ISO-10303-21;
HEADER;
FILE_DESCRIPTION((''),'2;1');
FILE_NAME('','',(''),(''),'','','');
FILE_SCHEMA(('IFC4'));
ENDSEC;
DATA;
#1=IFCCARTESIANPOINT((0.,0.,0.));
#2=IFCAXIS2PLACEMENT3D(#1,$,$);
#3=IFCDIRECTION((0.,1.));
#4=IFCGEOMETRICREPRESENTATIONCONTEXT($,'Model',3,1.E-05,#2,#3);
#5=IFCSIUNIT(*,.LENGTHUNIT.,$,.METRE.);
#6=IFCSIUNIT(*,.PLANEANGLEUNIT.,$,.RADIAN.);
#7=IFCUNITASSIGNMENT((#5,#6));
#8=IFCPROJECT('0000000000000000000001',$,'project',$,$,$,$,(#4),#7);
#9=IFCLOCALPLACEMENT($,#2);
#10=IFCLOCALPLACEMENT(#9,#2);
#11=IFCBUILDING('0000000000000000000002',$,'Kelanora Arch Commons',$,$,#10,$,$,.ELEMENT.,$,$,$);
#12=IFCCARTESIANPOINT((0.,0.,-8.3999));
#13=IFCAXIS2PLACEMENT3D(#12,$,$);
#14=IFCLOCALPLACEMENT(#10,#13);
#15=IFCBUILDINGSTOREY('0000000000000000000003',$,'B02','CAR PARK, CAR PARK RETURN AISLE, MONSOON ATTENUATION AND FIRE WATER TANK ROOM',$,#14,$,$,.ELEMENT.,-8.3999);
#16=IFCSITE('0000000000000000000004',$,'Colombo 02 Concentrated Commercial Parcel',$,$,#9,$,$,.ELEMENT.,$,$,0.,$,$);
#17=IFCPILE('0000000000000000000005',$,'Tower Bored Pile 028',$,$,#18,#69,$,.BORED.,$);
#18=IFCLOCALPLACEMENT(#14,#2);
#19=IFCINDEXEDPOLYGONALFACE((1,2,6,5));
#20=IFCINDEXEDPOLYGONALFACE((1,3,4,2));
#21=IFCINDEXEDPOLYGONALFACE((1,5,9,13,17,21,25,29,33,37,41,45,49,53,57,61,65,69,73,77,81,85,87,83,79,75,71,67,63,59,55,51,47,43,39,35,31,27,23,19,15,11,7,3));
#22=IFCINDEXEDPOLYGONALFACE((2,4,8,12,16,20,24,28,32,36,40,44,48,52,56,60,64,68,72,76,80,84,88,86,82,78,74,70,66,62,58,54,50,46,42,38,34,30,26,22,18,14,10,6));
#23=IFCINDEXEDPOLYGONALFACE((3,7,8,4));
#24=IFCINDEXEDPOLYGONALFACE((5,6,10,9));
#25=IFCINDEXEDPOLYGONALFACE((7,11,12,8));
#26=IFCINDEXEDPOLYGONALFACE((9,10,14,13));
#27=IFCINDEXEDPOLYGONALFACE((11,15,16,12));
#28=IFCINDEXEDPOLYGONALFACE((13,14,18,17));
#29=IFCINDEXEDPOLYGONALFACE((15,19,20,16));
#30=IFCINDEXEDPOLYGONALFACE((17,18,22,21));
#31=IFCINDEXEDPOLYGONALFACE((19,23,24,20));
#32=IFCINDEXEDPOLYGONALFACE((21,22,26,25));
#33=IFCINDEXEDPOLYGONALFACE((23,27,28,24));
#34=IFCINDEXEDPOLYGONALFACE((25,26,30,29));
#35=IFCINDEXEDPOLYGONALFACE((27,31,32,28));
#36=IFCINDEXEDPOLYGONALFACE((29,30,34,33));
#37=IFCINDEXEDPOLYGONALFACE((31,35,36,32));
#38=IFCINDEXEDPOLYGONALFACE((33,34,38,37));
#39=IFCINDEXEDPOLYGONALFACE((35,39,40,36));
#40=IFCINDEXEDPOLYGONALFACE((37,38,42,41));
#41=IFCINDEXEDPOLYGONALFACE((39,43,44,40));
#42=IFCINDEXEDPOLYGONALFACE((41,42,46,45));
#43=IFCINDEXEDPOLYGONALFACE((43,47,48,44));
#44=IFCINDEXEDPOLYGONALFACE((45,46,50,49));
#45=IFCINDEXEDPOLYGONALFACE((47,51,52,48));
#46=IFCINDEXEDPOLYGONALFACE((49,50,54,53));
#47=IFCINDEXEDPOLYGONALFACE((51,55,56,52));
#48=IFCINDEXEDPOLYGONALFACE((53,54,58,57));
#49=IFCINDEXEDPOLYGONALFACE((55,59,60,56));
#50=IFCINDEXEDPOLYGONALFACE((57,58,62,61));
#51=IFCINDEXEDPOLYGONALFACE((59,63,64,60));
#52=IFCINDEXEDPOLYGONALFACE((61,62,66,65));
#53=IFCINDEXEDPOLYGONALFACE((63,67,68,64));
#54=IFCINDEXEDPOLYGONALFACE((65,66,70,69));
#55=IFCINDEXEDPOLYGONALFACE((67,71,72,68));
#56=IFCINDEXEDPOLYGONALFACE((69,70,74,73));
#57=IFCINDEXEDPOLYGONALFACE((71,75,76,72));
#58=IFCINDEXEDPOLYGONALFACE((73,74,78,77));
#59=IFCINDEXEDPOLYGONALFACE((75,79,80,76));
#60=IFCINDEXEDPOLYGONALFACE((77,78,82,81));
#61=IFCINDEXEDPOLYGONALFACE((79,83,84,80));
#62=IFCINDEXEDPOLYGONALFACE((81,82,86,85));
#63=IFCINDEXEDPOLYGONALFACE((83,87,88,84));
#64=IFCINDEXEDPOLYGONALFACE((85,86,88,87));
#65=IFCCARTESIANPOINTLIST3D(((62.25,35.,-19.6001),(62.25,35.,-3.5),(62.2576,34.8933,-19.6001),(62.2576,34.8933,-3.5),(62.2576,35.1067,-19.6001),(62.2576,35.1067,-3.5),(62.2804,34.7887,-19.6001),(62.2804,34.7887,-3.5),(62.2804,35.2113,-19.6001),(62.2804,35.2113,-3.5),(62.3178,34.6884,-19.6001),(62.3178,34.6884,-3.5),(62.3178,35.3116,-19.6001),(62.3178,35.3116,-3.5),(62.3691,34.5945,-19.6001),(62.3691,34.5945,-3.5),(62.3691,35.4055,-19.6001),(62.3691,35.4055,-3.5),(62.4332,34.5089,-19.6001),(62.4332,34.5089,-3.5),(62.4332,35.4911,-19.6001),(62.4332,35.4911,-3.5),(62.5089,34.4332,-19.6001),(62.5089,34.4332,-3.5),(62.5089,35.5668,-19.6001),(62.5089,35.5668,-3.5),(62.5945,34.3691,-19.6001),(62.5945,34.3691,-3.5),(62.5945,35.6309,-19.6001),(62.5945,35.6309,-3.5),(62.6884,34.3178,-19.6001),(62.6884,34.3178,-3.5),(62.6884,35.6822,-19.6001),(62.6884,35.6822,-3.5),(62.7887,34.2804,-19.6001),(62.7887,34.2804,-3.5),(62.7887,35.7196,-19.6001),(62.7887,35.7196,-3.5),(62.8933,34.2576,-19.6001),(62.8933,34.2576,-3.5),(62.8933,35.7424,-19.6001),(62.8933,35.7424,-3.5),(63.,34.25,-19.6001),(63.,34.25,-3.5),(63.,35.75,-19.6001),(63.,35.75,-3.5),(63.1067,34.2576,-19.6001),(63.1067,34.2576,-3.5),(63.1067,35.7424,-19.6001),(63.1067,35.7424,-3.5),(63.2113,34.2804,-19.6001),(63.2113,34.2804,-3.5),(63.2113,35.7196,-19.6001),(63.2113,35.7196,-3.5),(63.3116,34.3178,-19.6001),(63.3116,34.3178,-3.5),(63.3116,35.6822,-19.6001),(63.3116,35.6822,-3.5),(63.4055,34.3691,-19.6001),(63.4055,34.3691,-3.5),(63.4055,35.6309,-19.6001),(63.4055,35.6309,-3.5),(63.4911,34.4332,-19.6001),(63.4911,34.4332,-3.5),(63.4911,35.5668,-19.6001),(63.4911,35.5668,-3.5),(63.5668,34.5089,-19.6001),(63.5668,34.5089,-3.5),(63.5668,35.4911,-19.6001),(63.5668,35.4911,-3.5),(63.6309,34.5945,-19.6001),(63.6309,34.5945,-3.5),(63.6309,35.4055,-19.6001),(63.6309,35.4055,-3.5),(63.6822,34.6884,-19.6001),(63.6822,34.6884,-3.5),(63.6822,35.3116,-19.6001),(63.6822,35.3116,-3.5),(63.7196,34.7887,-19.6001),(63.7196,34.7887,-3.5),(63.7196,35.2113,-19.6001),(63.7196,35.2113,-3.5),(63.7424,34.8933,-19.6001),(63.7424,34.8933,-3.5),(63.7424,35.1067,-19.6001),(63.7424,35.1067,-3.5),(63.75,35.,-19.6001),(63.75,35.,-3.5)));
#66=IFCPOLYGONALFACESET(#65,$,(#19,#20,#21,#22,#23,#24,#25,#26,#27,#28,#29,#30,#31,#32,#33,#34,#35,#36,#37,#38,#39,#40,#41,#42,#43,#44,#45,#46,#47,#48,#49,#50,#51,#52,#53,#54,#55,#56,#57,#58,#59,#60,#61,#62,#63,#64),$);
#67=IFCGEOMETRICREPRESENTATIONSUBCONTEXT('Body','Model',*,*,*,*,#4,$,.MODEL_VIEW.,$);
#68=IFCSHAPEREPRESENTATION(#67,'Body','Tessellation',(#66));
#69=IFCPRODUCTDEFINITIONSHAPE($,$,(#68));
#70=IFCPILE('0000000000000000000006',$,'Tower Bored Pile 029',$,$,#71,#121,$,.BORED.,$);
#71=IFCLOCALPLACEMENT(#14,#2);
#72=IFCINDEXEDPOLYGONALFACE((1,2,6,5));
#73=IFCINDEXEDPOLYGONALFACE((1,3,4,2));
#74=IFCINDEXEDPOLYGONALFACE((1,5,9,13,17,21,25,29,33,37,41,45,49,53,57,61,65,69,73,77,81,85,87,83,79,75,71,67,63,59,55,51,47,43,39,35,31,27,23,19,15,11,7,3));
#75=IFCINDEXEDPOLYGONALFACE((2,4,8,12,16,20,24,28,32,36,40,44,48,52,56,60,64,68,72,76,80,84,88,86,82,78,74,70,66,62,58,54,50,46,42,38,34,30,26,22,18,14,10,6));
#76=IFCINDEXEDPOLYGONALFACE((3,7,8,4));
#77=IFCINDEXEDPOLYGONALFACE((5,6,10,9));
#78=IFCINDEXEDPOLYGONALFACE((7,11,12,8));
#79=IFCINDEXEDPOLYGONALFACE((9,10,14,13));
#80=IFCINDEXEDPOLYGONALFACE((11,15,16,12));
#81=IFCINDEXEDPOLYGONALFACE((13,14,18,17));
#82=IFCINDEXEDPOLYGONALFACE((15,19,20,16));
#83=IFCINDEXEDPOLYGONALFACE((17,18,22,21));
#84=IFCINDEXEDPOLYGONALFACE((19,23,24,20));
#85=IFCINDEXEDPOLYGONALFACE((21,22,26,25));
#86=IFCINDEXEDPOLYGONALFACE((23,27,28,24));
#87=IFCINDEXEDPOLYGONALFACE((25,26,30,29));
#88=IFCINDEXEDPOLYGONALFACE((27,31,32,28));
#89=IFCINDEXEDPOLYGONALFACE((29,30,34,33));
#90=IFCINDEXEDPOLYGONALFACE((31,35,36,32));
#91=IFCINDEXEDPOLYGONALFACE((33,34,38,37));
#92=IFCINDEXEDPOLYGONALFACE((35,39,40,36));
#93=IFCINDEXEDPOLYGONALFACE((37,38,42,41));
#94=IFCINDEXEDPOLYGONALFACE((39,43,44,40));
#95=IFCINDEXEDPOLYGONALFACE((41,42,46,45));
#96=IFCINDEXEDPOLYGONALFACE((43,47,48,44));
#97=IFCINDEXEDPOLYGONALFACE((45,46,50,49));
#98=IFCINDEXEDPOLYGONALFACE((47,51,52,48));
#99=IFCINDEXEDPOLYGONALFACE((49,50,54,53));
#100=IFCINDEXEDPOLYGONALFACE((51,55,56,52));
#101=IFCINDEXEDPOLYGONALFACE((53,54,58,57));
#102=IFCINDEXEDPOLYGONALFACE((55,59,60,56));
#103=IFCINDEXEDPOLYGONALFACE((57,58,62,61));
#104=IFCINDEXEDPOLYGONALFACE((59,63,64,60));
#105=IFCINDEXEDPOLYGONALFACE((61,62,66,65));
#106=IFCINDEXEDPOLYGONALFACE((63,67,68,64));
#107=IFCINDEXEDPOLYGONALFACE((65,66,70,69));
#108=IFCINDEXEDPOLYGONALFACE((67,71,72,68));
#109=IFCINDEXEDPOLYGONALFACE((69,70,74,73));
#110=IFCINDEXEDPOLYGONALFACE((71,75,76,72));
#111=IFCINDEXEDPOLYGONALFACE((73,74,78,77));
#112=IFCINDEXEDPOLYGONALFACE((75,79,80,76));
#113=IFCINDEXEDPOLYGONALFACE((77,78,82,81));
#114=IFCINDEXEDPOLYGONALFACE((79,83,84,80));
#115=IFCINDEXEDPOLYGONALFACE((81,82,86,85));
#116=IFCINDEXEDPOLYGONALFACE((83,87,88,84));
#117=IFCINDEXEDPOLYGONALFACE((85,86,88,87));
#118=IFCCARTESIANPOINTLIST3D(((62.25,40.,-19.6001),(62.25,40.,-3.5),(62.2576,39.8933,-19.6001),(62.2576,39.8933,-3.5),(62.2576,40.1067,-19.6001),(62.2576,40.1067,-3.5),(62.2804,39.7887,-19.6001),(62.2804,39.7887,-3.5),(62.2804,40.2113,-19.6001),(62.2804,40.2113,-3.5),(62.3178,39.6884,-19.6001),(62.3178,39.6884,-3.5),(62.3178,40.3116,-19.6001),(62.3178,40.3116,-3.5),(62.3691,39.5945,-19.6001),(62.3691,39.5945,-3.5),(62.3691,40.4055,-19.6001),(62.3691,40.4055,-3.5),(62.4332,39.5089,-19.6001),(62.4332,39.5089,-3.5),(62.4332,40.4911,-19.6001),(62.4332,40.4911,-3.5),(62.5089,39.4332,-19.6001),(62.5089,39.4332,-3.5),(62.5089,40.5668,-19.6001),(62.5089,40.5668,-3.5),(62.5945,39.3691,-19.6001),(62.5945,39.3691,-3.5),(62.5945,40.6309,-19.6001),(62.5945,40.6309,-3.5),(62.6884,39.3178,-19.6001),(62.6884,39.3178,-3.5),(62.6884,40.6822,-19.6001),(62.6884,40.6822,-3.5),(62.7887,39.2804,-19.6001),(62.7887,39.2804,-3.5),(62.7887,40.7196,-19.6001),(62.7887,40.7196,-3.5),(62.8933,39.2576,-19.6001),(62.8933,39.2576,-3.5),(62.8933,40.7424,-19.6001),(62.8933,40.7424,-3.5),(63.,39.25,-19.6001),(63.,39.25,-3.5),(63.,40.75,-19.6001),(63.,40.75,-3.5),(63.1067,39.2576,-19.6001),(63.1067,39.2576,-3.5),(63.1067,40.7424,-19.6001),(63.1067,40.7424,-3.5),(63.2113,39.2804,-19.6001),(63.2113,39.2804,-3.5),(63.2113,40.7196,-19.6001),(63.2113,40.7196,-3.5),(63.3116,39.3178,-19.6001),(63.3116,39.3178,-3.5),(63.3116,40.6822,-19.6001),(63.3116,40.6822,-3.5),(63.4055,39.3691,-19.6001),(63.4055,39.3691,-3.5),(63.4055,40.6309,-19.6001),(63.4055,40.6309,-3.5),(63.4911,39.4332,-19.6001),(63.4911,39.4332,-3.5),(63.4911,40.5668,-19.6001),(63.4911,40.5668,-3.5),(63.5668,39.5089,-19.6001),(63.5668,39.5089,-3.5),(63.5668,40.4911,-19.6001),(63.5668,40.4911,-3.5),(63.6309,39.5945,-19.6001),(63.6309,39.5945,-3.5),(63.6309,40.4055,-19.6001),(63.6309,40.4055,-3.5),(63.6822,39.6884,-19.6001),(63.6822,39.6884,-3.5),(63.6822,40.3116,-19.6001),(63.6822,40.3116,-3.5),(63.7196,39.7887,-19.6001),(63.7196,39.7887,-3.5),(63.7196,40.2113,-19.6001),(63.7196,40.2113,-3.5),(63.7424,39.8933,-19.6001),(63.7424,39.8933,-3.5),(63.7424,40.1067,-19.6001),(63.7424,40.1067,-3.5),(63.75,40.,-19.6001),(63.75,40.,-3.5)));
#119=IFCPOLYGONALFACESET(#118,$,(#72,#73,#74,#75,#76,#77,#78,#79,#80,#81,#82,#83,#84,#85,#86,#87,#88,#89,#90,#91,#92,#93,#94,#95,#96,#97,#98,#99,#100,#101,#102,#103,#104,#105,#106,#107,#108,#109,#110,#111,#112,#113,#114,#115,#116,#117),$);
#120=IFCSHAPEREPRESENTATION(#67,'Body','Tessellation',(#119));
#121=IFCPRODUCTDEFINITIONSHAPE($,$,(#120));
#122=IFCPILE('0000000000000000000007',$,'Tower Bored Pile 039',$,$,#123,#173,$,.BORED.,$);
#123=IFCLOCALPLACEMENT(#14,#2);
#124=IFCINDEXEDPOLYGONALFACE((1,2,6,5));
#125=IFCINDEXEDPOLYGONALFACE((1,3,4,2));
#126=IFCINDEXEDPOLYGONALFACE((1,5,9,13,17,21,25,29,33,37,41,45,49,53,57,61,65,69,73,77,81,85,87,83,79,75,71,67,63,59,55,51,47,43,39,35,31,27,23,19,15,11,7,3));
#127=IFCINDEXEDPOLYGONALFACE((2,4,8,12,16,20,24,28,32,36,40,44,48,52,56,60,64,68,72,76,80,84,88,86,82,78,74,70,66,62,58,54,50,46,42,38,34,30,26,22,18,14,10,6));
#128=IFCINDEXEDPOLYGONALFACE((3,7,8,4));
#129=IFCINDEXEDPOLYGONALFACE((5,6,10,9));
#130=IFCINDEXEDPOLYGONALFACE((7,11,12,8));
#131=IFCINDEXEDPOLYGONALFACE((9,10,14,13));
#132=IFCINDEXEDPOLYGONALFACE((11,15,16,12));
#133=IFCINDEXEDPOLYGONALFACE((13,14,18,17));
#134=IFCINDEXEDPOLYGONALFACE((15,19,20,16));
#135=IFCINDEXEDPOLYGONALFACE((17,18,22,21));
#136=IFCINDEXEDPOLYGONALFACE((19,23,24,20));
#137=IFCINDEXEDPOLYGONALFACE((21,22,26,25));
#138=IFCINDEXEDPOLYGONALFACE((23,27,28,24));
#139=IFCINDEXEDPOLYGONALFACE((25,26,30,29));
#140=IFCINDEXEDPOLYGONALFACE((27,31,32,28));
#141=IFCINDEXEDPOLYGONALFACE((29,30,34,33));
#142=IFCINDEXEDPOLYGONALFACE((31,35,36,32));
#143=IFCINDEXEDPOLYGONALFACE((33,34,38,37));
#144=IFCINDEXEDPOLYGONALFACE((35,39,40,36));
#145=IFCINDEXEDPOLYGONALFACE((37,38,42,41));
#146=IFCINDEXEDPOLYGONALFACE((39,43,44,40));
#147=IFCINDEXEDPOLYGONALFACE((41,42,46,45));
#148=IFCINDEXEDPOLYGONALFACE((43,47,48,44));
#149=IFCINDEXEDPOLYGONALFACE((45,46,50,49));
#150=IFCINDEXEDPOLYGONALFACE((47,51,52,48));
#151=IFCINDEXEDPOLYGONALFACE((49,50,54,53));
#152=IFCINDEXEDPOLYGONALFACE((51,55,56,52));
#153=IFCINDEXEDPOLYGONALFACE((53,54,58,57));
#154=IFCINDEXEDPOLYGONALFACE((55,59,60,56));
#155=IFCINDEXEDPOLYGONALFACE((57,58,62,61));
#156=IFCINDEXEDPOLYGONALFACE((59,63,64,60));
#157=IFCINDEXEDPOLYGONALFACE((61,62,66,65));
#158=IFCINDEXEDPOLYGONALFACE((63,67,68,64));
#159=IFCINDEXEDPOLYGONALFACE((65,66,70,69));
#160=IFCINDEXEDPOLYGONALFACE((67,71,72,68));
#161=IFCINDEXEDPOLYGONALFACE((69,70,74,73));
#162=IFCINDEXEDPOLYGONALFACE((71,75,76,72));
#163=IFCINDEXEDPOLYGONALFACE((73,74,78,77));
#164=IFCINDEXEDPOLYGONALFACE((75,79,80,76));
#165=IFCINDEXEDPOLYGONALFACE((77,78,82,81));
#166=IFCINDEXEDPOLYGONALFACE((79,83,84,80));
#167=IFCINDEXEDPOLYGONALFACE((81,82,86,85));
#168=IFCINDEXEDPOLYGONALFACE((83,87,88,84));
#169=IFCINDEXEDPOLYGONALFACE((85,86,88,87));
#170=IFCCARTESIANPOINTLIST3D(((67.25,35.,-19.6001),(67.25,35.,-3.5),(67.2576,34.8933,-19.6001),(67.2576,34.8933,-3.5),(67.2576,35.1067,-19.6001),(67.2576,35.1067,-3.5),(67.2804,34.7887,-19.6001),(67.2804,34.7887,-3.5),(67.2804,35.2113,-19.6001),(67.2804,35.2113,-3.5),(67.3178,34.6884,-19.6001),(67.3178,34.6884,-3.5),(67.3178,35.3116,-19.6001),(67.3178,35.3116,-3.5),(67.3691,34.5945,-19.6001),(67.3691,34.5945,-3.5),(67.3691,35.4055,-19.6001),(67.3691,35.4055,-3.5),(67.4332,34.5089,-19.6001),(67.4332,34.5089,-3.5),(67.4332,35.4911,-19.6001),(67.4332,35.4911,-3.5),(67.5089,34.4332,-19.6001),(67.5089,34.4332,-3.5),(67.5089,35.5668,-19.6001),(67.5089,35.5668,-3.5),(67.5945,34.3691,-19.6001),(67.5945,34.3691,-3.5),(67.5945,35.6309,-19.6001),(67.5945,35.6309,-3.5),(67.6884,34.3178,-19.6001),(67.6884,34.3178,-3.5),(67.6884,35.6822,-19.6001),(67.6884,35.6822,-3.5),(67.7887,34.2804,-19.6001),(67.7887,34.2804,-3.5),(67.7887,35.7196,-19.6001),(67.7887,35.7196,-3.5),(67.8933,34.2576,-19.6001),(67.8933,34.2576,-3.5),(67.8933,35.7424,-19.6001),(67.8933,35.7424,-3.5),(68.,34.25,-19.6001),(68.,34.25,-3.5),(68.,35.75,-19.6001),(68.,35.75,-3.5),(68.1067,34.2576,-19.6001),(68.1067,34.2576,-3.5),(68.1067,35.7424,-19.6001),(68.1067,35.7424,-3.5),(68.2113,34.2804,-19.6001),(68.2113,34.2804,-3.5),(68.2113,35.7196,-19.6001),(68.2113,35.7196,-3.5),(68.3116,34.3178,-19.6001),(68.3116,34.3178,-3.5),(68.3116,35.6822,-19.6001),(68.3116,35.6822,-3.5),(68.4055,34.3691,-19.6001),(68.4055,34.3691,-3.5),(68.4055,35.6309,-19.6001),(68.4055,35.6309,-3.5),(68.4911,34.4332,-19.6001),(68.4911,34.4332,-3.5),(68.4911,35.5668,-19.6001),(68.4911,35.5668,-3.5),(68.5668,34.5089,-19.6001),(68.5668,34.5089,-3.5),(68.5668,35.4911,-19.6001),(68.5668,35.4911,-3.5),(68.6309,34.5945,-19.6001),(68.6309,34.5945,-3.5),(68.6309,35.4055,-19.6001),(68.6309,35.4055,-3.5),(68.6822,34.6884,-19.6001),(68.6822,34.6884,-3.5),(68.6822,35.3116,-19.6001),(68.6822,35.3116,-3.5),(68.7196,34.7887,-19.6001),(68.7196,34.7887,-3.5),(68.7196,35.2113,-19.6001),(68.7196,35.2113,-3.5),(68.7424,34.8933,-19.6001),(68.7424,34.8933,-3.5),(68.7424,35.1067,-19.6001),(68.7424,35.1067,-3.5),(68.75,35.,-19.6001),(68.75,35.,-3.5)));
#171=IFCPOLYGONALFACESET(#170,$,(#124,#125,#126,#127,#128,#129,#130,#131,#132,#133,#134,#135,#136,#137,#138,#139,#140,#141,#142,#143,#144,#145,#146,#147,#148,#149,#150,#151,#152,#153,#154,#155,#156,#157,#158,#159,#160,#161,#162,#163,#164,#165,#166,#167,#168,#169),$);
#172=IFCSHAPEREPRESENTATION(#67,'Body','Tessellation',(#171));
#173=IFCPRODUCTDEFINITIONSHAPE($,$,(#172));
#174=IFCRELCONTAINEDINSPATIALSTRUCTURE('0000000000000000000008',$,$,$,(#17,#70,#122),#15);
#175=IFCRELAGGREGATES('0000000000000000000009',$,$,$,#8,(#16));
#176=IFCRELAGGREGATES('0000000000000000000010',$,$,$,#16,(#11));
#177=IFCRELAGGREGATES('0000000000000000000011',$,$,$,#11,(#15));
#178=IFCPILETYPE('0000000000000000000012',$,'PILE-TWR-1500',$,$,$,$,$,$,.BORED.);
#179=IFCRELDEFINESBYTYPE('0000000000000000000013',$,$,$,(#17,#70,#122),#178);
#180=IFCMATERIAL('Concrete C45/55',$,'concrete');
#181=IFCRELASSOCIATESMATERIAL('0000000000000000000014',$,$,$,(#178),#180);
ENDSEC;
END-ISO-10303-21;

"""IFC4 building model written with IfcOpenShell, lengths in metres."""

from ifc_helpers import new_model, si_unit, direction, frame, origin, origin_2d, place, context, subcontext, project, spatial, circle, extrude, source, transform, mapped, material, material_profile, profile_set, type_object, element, save


model = new_model("IFC4")

# Units and contexts
model_context = context("Model", 3, precision=1e-05, world=origin(), true_north=direction((0.0, 1.0)))
body_context = subcontext(model_context, "Body", "Model", "MODEL_VIEW")
ifc_project = project(units=[si_unit("LENGTHUNIT", "METRE"), si_unit("PLANEANGLEUNIT", "RADIAN")], contexts=[model_context])

# Site, building, storey
site_placement = place(None, origin())
site = spatial("IfcSite", under=ifc_project, at=site_placement, Name="Colombo 02 Concentrated Commercial Parcel", CompositionType="ELEMENT", RefElevation=0.0)
building_placement = place(site_placement, origin())
building = spatial("IfcBuilding", under=site, at=building_placement, Name="Kelanora Arch Commons", CompositionType="ELEMENT")
storey_placement = place(building_placement, frame((0.0, 0.0, -8.3999)))
storey = spatial("IfcBuildingStorey", under=building, at=storey_placement, Name="B02", Description="CAR PARK, CAR PARK RETURN AISLE, MONSOON ATTENUATION AND FIRE WATER TANK ROOM", CompositionType="ELEMENT", Elevation=-8.3999)

# Piles
ifc_material_1 = material(Name="Concrete C45/55", Category="concrete")
ifc_material_profile_1 = material_profile(ifc_material_1, circle(Radius=0.75, at=origin_2d()), Name="PILE1500")
ifc_profile_set_1 = profile_set([ifc_material_profile_1], Name="Concrete C45/55")
pile_type_1 = type_object("IfcPileType", Name="PILE-TWR-1500", PredefinedType="BORED", material=ifc_profile_set_1)
shared_shape_1 = source(origin(), body_context, "Body", "SweptSolid", [
    extrude(circle(Radius=0.75, at=origin_2d()), origin(), (0.0, 0.0, 1.0), 16.1001),
])
for number, where, z_axis, x_axis, name in (
    (1, (63.0, 35.0, -3.5), (0.0, 0.0, -1.0), (1.0, 0.0, 0.0), "Tower Bored Pile 028"),
    (2, (63.0, 40.0, -3.5), (0.0, 0.0, -1.0), (1.0, 0.0, 0.0), "Tower Bored Pile 029"),
    (3, (68.0, 35.0, -3.5), (0.0, 0.0, -1.0), (1.0, 0.0, 0.0), "Tower Bored Pile 039"),
):
    element("IfcPile", number, at=place(storey_placement, frame(where, z_axis=z_axis, x_axis=x_axis)), inside=storey, type_object=pile_type_1, Name=name, PredefinedType="BORED", context=body_context, shape_type="MappedRepresentation", body=[
        mapped(shared_shape_1, transform((0.0, 0.0, 0.0), scale=1.0)),
    ])

save(model, "model.ifc")
